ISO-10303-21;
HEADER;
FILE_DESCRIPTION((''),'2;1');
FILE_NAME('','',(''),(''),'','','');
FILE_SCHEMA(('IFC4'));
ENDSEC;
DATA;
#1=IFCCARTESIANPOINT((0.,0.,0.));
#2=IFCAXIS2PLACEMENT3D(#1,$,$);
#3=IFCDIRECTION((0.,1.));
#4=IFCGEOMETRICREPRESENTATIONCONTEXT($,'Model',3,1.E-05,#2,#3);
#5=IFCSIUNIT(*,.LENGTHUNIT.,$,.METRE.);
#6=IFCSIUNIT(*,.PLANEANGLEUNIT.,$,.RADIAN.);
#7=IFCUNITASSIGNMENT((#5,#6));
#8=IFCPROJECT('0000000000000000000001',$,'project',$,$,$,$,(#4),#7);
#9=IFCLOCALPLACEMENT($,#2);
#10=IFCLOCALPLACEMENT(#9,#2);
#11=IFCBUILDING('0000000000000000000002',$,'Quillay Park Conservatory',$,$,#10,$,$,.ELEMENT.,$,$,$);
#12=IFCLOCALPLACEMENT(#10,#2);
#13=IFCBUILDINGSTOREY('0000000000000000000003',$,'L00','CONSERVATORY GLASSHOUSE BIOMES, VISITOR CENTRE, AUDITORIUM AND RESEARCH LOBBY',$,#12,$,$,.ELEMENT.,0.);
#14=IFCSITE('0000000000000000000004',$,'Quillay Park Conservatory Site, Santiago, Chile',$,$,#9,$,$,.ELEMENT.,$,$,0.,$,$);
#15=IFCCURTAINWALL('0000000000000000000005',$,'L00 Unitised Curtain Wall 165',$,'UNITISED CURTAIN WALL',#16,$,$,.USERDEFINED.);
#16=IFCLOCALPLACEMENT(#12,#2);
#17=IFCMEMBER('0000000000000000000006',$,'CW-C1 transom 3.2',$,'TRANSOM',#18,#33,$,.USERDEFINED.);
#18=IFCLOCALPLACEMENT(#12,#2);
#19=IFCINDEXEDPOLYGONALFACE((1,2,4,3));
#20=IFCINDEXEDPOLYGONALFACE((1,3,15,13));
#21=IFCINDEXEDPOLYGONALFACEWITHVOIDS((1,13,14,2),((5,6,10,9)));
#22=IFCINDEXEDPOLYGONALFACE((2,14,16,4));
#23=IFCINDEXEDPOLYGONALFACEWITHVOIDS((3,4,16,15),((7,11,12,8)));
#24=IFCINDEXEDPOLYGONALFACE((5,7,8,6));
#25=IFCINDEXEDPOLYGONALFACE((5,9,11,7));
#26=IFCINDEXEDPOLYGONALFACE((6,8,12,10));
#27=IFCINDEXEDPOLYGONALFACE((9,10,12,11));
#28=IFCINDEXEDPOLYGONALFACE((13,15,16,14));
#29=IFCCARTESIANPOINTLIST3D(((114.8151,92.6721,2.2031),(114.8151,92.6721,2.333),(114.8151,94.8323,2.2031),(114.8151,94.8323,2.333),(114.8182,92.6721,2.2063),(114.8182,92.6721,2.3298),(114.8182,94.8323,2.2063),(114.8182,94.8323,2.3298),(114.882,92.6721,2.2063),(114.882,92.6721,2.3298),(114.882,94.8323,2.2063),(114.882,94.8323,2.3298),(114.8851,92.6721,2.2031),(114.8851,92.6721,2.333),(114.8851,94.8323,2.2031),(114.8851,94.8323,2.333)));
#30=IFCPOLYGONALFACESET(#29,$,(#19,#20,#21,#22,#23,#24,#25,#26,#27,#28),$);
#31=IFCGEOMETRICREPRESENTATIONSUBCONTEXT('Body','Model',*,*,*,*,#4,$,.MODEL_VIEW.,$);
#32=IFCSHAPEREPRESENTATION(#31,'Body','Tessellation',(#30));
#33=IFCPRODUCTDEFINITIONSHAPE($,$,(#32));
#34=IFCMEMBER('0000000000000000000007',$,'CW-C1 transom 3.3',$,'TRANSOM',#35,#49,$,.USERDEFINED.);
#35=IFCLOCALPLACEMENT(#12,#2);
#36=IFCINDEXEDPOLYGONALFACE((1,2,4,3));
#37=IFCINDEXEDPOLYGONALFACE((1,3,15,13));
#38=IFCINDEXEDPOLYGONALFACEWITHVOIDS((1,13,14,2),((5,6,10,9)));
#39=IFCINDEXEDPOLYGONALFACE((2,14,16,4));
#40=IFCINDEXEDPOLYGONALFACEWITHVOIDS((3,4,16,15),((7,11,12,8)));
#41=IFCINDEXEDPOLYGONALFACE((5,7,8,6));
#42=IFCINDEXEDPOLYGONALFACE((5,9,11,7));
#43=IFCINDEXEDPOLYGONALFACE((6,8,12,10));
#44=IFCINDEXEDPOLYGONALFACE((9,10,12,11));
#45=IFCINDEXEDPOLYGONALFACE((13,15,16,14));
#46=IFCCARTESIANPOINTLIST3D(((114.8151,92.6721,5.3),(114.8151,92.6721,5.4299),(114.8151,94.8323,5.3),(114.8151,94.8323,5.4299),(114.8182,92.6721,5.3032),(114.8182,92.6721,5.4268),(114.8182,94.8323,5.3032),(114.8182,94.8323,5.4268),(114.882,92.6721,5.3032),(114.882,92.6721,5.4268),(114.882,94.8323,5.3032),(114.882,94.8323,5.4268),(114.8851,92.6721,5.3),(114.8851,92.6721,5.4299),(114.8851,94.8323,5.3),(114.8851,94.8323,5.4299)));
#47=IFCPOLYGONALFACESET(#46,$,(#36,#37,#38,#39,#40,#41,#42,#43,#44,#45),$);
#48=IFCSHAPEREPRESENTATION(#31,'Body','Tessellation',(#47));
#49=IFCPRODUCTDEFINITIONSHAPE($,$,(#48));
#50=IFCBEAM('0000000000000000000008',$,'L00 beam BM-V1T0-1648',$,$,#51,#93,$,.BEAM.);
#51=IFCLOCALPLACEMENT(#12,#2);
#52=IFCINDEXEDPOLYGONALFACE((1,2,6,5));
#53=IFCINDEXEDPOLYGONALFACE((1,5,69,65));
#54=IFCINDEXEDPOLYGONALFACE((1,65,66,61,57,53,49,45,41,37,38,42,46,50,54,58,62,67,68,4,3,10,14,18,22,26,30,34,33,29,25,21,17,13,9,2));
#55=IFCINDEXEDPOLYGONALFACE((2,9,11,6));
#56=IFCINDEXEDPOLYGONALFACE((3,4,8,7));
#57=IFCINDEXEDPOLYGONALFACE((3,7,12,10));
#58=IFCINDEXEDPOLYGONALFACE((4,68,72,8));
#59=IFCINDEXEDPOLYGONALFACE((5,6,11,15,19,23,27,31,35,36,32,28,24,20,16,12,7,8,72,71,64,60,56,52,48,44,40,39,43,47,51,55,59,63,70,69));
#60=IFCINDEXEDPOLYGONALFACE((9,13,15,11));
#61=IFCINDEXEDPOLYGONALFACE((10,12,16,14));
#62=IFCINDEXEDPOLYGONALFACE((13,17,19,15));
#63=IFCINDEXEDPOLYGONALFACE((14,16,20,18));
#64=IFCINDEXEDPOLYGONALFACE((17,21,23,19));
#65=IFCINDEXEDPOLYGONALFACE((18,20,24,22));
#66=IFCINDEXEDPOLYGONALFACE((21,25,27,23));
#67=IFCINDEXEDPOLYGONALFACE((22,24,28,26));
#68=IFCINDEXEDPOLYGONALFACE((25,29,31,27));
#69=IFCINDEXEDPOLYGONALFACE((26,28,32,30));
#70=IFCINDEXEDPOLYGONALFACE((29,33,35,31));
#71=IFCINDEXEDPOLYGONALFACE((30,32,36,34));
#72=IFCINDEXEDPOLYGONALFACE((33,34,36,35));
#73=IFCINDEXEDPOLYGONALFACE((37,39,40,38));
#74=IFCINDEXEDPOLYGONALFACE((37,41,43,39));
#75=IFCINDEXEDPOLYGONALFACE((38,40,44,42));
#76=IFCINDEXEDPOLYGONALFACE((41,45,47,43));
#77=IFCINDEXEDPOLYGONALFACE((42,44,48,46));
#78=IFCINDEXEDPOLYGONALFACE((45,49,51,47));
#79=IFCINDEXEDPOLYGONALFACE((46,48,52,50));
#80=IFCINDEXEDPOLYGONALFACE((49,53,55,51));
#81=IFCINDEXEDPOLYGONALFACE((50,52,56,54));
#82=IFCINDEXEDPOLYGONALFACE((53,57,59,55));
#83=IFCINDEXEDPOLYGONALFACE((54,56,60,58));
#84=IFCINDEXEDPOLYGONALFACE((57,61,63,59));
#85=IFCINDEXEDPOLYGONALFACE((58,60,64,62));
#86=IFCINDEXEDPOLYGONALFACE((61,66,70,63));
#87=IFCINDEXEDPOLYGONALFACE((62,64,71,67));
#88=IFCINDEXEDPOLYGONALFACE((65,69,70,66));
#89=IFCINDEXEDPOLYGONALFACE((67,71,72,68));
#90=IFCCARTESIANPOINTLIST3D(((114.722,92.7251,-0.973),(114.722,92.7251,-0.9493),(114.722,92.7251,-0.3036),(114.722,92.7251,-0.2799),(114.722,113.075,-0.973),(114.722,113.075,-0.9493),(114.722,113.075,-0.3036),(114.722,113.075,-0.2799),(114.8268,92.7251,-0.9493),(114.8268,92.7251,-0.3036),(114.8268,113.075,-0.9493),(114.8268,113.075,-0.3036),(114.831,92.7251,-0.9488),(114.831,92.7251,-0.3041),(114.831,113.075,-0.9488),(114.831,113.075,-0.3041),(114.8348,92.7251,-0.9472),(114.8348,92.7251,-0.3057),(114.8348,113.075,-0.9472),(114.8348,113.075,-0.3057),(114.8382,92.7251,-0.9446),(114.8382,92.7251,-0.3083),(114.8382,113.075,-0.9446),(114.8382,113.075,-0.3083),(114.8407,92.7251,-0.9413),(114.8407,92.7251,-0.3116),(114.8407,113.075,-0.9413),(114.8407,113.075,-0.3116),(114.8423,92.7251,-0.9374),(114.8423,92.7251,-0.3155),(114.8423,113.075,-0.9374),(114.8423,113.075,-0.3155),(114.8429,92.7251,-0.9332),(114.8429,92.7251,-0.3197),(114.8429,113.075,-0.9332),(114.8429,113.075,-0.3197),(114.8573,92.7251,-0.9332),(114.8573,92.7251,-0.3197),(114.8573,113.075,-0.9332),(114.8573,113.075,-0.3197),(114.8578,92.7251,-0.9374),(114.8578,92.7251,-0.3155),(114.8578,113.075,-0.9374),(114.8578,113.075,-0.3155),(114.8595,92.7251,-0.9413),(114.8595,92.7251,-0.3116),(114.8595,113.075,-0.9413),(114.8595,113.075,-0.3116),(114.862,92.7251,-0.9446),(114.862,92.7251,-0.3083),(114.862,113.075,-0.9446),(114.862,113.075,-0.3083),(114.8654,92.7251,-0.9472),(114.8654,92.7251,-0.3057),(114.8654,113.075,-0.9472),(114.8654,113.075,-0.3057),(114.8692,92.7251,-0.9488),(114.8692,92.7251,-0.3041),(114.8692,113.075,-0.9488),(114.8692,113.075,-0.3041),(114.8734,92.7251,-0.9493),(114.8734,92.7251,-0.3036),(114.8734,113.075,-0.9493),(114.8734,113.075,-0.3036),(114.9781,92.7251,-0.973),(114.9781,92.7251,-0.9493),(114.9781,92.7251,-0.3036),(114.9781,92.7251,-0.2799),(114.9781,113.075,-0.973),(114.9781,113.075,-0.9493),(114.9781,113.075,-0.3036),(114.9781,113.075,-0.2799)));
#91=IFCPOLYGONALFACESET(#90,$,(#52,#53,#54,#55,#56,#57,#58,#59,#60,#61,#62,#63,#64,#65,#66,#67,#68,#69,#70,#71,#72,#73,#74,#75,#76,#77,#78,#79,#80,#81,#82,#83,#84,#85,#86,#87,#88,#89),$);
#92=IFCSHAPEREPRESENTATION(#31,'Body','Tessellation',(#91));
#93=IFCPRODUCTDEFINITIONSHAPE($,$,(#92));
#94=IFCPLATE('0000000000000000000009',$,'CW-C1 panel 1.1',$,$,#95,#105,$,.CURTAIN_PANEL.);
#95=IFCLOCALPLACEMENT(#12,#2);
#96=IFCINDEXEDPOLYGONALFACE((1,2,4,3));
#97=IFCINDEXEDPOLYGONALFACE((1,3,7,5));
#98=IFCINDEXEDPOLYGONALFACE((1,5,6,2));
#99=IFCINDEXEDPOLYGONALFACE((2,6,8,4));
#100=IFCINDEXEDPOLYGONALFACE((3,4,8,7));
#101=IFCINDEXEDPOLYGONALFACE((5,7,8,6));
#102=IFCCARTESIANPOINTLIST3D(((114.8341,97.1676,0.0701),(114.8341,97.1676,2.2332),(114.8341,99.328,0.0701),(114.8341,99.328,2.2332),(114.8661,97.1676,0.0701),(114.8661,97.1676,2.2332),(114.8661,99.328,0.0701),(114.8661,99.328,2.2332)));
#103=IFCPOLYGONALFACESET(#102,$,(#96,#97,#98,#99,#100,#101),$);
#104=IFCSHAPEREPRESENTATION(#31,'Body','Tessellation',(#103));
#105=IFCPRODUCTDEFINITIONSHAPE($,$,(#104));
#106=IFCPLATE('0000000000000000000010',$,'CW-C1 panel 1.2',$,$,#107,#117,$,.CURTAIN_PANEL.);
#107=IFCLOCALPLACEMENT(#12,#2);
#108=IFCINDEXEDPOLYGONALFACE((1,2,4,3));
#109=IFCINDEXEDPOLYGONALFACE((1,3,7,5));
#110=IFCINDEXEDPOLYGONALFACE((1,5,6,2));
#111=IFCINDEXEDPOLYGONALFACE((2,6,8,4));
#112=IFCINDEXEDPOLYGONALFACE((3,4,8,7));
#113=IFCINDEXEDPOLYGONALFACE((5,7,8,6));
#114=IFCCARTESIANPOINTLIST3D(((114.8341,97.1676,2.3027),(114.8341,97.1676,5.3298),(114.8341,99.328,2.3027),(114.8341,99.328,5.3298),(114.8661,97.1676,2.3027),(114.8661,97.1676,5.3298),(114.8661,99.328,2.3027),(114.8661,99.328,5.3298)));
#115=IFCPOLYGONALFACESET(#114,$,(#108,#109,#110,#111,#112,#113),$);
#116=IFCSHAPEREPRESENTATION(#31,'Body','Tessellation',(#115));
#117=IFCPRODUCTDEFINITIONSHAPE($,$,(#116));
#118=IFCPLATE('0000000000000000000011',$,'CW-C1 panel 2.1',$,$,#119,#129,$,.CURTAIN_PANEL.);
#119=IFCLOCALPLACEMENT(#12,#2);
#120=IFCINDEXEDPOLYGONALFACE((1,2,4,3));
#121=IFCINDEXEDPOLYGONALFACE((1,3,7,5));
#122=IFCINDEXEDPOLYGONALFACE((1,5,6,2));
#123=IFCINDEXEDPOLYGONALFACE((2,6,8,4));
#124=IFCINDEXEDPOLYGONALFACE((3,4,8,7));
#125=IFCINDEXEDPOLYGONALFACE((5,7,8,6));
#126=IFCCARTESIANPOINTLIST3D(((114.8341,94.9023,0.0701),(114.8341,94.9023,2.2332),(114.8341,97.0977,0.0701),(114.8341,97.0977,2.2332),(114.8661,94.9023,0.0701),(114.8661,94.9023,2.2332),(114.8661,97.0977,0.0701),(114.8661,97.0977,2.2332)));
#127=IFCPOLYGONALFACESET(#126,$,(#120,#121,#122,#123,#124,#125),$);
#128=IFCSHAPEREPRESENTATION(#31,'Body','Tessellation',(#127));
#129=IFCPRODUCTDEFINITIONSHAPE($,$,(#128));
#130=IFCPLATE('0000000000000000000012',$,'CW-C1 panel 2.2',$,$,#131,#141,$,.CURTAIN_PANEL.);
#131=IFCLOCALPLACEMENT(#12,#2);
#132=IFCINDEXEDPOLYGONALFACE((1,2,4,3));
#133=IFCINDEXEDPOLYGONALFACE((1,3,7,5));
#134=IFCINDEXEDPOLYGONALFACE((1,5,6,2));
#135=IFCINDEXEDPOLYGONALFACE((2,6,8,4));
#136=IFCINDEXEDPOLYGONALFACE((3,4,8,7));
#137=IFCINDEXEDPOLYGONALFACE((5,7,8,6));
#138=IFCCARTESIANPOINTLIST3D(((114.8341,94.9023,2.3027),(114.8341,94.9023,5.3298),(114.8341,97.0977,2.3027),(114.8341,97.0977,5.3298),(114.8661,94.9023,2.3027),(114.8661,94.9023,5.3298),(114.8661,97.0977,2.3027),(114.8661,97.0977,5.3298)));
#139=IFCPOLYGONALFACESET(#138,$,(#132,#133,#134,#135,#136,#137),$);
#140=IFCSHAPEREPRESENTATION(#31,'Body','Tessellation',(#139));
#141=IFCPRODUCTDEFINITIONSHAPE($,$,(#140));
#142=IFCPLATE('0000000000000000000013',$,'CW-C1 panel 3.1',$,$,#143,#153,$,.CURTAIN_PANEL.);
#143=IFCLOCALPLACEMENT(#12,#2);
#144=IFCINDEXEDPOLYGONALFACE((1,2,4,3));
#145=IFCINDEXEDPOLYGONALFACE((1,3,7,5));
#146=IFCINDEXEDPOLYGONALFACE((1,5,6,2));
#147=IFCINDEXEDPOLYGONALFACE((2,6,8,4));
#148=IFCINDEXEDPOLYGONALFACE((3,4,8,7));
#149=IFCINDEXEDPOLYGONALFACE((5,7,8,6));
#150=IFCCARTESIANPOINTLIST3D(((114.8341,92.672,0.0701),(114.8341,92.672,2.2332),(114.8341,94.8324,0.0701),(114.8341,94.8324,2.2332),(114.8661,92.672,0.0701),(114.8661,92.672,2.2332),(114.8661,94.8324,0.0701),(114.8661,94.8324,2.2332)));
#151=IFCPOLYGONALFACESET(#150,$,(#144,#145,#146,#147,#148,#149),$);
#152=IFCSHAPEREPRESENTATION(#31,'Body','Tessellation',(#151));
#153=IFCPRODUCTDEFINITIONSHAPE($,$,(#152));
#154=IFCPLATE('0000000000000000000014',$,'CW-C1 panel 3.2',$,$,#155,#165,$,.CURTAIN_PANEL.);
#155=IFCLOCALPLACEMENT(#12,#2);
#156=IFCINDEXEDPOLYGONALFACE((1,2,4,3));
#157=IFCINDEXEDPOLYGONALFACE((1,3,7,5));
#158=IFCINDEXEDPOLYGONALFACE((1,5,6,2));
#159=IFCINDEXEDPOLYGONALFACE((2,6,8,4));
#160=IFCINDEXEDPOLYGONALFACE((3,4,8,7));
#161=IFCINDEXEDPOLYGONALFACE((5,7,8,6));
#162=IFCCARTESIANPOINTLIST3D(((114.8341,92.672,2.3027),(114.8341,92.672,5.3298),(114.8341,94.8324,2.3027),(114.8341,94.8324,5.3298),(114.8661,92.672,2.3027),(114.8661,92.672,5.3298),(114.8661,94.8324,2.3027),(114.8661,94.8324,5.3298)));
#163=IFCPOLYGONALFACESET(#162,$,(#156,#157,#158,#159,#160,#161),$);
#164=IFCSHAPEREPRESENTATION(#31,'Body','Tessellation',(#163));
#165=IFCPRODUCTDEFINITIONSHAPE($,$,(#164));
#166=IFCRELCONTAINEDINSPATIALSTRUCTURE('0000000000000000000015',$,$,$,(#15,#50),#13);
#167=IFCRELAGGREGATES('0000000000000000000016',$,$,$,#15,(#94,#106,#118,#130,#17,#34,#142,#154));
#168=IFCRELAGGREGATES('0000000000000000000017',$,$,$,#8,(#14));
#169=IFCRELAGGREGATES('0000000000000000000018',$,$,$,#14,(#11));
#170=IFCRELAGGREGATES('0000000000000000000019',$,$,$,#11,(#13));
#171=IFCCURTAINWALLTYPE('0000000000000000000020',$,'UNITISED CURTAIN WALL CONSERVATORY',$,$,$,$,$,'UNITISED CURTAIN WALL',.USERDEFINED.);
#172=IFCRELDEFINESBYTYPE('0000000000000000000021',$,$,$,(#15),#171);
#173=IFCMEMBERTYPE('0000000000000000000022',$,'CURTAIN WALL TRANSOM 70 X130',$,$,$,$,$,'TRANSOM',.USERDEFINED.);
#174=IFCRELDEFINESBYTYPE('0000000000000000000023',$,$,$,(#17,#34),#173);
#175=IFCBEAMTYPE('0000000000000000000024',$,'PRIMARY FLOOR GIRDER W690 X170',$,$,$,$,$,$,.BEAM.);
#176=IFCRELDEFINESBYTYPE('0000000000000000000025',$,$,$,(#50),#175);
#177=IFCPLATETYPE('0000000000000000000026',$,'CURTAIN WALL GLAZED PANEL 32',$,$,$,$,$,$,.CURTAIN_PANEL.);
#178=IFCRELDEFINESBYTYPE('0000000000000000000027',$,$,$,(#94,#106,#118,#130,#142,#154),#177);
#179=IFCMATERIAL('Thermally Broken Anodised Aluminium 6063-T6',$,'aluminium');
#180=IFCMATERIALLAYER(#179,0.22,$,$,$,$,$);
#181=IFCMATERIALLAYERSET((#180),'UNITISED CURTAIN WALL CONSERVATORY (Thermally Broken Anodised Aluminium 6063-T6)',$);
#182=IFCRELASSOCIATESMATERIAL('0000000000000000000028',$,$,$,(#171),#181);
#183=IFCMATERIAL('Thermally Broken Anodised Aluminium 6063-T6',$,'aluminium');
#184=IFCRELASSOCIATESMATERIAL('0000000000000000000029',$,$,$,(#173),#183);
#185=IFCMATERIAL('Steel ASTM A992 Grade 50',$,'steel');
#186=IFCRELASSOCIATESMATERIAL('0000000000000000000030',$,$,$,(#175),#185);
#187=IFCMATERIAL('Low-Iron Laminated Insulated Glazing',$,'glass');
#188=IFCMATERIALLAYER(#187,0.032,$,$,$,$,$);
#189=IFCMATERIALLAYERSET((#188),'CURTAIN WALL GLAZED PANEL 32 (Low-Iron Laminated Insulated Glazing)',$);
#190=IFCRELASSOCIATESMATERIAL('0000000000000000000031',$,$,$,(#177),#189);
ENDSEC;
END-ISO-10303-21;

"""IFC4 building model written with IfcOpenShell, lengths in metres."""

from ifc_helpers import new_model, si_unit, direction, frame, origin, origin_2d, place, context, subcontext, project, spatial, rectangle, hollow_rectangle, i_section, extrude, material, layer, layer_set, material_profile, profile_set, type_object, element, aggregate, save


model = new_model("IFC4")

# Units and contexts
model_context = context("Model", 3, precision=1e-05, world=origin(), true_north=direction((0.0, 1.0)))
body_context = subcontext(model_context, "Body", "Model", "MODEL_VIEW")
ifc_project = project(units=[si_unit("LENGTHUNIT", "METRE"), si_unit("PLANEANGLEUNIT", "RADIAN")], contexts=[model_context])

# Site, building, storey
site_placement = place(None, origin())
site = spatial("IfcSite", under=ifc_project, at=site_placement, Name="Quillay Park Conservatory Site, Santiago, Chile", CompositionType="ELEMENT", RefElevation=0.0)
building_placement = place(site_placement, origin())
building = spatial("IfcBuilding", under=site, at=building_placement, Name="Quillay Park Conservatory", CompositionType="ELEMENT")
storey_placement = place(building_placement, origin())
storey = spatial("IfcBuildingStorey", under=building, at=storey_placement, Name="L00", Description="CONSERVATORY GLASSHOUSE BIOMES, VISITOR CENTRE, AUDITORIUM AND RESEARCH LOBBY", CompositionType="ELEMENT", Elevation=0.0)

# Curtain wall, members
ifc_material_1 = material(Name="Thermally Broken Anodised Aluminium 6063-T6", Category="aluminium")
ifc_layer_1 = layer(ifc_material_1, 0.22)
ifc_layer_set_1 = layer_set([ifc_layer_1], Name="UNITISED CURTAIN WALL CONSERVATORY (Thermally Broken Anodised Aluminium 6063-T6)")
curtain_wall_type = type_object("IfcCurtainWallType", Name="UNITISED CURTAIN WALL CONSERVATORY", ElementType="UNITISED CURTAIN WALL", PredefinedType="USERDEFINED", material=ifc_layer_set_1)
curtain_wall_placement = place(storey_placement, origin())
curtain_wall = element("IfcCurtainWall", 1, at=curtain_wall_placement, inside=storey, type_object=curtain_wall_type, Name="L00 Unitised Curtain Wall 165", ObjectType="UNITISED CURTAIN WALL", PredefinedType="USERDEFINED")
ifc_material_2 = material(Name="Thermally Broken Anodised Aluminium 6063-T6", Category="aluminium")
ifc_material_profile_1 = material_profile(ifc_material_2, hollow_rectangle(XDim=0.0701, YDim=0.1299, WallThickness=0.0032, at=origin_2d()), Name="AL70x130x3.2")
ifc_profile_set_1 = profile_set([ifc_material_profile_1], Name="Thermally Broken Anodised Aluminium 6063-T6")
member_type_1 = type_object("IfcMemberType", Name="CURTAIN WALL TRANSOM 70 X130", ElementType="TRANSOM", PredefinedType="USERDEFINED", material=ifc_profile_set_1)
member_1_placement = place(storey_placement, frame((114.8501, 94.8323, 2.2681), z_axis=(0.0, -1.0, 0.0), x_axis=(1.0, 0.0, 0.0)))
member_1 = element("IfcMember", 2, at=member_1_placement, type_object=member_type_1, Name="CW-C1 transom 3.2", ObjectType="TRANSOM", PredefinedType="USERDEFINED", context=body_context, shape_type="SweptSolid", body=[
    extrude(hollow_rectangle(XDim=0.0701, YDim=0.1299, WallThickness=0.0032, at=origin_2d()), origin(), (0.0, 0.0, 1.0), 2.1602),
])
member_2_placement = place(storey_placement, frame((114.8501, 94.8323, 5.365), z_axis=(0.0, -1.0, 0.0), x_axis=(1.0, 0.0, 0.0)))
member_2 = element("IfcMember", 3, at=member_2_placement, type_object=member_type_1, Name="CW-C1 transom 3.3", ObjectType="TRANSOM", PredefinedType="USERDEFINED", context=body_context, shape_type="SweptSolid", body=[
    extrude(hollow_rectangle(XDim=0.0701, YDim=0.1299, WallThickness=0.0032, at=origin_2d()), origin(), (0.0, 0.0, 1.0), 2.1602),
])

# Beam
ifc_material_3 = material(Name="Steel ASTM A992 Grade 50", Category="steel")
ifc_material_profile_2 = material_profile(ifc_material_3, i_section(OverallWidth=0.2561, OverallDepth=0.6931, WebThickness=0.0144, FlangeThickness=0.0237, FilletRadius=0.0161, at=origin_2d()), Name="W690x170")
ifc_profile_set_2 = profile_set([ifc_material_profile_2], Name="Steel ASTM A992 Grade 50")
beam_type = type_object("IfcBeamType", Name="PRIMARY FLOOR GIRDER W690 X170", PredefinedType="BEAM", material=ifc_profile_set_2)
beam_placement = place(storey_placement, frame((114.8501, 92.7251, -0.6265), z_axis=(0.0, 1.0, 0.0), x_axis=(-1.0, 0.0, 0.0)))
element("IfcBeam", 4, at=beam_placement, inside=storey, type_object=beam_type, Name="L00 beam BM-V1T0-1648", PredefinedType="BEAM", context=body_context, shape_type="SweptSolid", body=[
    extrude(i_section(OverallWidth=0.2561, OverallDepth=0.6931, WebThickness=0.0144, FlangeThickness=0.0237, FilletRadius=0.0161, at=origin_2d()), origin(), (0.0, 0.0, 1.0), 20.3499),
])

# Plates
ifc_material_4 = material(Name="Low-Iron Laminated Insulated Glazing", Category="glass")
ifc_layer_2 = layer(ifc_material_4, 0.032)
ifc_layer_set_2 = layer_set([ifc_layer_2], Name="CURTAIN WALL GLAZED PANEL 32 (Low-Iron Laminated Insulated Glazing)")
plate_type = type_object("IfcPlateType", Name="CURTAIN WALL GLAZED PANEL 32", PredefinedType="CURTAIN_PANEL", material=ifc_layer_set_2)
plate_1_placement = place(storey_placement, frame((114.8501, 98.2478, 0.0701), z_axis=(0.0, 0.0, 1.0), x_axis=(0.0, -1.0, 0.0)))
plate_1 = element("IfcPlate", 5, at=plate_1_placement, type_object=plate_type, Name="CW-C1 panel 1.1", PredefinedType="CURTAIN_PANEL", context=body_context, shape_type="SweptSolid", body=[
    extrude(rectangle(XDim=2.1604, YDim=0.032, at=origin_2d()), origin(), (0.0, 0.0, 1.0), 2.1631),
])
plate_2_placement = place(storey_placement, frame((114.8501, 98.2478, 2.3027), z_axis=(0.0, 0.0, 1.0), x_axis=(0.0, -1.0, 0.0)))
plate_2 = element("IfcPlate", 6, at=plate_2_placement, type_object=plate_type, Name="CW-C1 panel 1.2", PredefinedType="CURTAIN_PANEL", context=body_context, shape_type="SweptSolid", body=[
    extrude(rectangle(XDim=2.1604, YDim=0.032, at=origin_2d()), origin(), (0.0, 0.0, 1.0), 3.0271),
])
plate_3_placement = place(storey_placement, frame((114.8501, 96.0, 0.0701), z_axis=(0.0, 0.0, 1.0), x_axis=(0.0, -1.0, 0.0)))
plate_3 = element("IfcPlate", 7, at=plate_3_placement, type_object=plate_type, Name="CW-C1 panel 2.1", PredefinedType="CURTAIN_PANEL", context=body_context, shape_type="SweptSolid", body=[
    extrude(rectangle(XDim=2.1953, YDim=0.032, at=origin_2d()), origin(), (0.0, 0.0, 1.0), 2.1631),
])
plate_4_placement = place(storey_placement, frame((114.8501, 96.0, 2.3027), z_axis=(0.0, 0.0, 1.0), x_axis=(0.0, -1.0, 0.0)))
plate_4 = element("IfcPlate", 8, at=plate_4_placement, type_object=plate_type, Name="CW-C1 panel 2.2", PredefinedType="CURTAIN_PANEL", context=body_context, shape_type="SweptSolid", body=[
    extrude(rectangle(XDim=2.1953, YDim=0.032, at=origin_2d()), origin(), (0.0, 0.0, 1.0), 3.0271),
])
plate_5_placement = place(storey_placement, frame((114.8501, 93.7522, 0.0701), z_axis=(0.0, 0.0, 1.0), x_axis=(0.0, -1.0, 0.0)))
plate_5 = element("IfcPlate", 9, at=plate_5_placement, type_object=plate_type, Name="CW-C1 panel 3.1", PredefinedType="CURTAIN_PANEL", context=body_context, shape_type="SweptSolid", body=[
    extrude(rectangle(XDim=2.1604, YDim=0.032, at=origin_2d()), origin(), (0.0, 0.0, 1.0), 2.1631),
])
plate_6_placement = place(storey_placement, frame((114.8501, 93.7522, 2.3027), z_axis=(0.0, 0.0, 1.0), x_axis=(0.0, -1.0, 0.0)))
plate_6 = element("IfcPlate", 10, at=plate_6_placement, type_object=plate_type, Name="CW-C1 panel 3.2", PredefinedType="CURTAIN_PANEL", context=body_context, shape_type="SweptSolid", body=[
    extrude(rectangle(XDim=2.1604, YDim=0.032, at=origin_2d()), origin(), (0.0, 0.0, 1.0), 3.0271),
])
aggregate(curtain_wall, [plate_1, plate_2, plate_3, plate_4, member_1, member_2, plate_5, plate_6])

save(model, "model.ifc")
